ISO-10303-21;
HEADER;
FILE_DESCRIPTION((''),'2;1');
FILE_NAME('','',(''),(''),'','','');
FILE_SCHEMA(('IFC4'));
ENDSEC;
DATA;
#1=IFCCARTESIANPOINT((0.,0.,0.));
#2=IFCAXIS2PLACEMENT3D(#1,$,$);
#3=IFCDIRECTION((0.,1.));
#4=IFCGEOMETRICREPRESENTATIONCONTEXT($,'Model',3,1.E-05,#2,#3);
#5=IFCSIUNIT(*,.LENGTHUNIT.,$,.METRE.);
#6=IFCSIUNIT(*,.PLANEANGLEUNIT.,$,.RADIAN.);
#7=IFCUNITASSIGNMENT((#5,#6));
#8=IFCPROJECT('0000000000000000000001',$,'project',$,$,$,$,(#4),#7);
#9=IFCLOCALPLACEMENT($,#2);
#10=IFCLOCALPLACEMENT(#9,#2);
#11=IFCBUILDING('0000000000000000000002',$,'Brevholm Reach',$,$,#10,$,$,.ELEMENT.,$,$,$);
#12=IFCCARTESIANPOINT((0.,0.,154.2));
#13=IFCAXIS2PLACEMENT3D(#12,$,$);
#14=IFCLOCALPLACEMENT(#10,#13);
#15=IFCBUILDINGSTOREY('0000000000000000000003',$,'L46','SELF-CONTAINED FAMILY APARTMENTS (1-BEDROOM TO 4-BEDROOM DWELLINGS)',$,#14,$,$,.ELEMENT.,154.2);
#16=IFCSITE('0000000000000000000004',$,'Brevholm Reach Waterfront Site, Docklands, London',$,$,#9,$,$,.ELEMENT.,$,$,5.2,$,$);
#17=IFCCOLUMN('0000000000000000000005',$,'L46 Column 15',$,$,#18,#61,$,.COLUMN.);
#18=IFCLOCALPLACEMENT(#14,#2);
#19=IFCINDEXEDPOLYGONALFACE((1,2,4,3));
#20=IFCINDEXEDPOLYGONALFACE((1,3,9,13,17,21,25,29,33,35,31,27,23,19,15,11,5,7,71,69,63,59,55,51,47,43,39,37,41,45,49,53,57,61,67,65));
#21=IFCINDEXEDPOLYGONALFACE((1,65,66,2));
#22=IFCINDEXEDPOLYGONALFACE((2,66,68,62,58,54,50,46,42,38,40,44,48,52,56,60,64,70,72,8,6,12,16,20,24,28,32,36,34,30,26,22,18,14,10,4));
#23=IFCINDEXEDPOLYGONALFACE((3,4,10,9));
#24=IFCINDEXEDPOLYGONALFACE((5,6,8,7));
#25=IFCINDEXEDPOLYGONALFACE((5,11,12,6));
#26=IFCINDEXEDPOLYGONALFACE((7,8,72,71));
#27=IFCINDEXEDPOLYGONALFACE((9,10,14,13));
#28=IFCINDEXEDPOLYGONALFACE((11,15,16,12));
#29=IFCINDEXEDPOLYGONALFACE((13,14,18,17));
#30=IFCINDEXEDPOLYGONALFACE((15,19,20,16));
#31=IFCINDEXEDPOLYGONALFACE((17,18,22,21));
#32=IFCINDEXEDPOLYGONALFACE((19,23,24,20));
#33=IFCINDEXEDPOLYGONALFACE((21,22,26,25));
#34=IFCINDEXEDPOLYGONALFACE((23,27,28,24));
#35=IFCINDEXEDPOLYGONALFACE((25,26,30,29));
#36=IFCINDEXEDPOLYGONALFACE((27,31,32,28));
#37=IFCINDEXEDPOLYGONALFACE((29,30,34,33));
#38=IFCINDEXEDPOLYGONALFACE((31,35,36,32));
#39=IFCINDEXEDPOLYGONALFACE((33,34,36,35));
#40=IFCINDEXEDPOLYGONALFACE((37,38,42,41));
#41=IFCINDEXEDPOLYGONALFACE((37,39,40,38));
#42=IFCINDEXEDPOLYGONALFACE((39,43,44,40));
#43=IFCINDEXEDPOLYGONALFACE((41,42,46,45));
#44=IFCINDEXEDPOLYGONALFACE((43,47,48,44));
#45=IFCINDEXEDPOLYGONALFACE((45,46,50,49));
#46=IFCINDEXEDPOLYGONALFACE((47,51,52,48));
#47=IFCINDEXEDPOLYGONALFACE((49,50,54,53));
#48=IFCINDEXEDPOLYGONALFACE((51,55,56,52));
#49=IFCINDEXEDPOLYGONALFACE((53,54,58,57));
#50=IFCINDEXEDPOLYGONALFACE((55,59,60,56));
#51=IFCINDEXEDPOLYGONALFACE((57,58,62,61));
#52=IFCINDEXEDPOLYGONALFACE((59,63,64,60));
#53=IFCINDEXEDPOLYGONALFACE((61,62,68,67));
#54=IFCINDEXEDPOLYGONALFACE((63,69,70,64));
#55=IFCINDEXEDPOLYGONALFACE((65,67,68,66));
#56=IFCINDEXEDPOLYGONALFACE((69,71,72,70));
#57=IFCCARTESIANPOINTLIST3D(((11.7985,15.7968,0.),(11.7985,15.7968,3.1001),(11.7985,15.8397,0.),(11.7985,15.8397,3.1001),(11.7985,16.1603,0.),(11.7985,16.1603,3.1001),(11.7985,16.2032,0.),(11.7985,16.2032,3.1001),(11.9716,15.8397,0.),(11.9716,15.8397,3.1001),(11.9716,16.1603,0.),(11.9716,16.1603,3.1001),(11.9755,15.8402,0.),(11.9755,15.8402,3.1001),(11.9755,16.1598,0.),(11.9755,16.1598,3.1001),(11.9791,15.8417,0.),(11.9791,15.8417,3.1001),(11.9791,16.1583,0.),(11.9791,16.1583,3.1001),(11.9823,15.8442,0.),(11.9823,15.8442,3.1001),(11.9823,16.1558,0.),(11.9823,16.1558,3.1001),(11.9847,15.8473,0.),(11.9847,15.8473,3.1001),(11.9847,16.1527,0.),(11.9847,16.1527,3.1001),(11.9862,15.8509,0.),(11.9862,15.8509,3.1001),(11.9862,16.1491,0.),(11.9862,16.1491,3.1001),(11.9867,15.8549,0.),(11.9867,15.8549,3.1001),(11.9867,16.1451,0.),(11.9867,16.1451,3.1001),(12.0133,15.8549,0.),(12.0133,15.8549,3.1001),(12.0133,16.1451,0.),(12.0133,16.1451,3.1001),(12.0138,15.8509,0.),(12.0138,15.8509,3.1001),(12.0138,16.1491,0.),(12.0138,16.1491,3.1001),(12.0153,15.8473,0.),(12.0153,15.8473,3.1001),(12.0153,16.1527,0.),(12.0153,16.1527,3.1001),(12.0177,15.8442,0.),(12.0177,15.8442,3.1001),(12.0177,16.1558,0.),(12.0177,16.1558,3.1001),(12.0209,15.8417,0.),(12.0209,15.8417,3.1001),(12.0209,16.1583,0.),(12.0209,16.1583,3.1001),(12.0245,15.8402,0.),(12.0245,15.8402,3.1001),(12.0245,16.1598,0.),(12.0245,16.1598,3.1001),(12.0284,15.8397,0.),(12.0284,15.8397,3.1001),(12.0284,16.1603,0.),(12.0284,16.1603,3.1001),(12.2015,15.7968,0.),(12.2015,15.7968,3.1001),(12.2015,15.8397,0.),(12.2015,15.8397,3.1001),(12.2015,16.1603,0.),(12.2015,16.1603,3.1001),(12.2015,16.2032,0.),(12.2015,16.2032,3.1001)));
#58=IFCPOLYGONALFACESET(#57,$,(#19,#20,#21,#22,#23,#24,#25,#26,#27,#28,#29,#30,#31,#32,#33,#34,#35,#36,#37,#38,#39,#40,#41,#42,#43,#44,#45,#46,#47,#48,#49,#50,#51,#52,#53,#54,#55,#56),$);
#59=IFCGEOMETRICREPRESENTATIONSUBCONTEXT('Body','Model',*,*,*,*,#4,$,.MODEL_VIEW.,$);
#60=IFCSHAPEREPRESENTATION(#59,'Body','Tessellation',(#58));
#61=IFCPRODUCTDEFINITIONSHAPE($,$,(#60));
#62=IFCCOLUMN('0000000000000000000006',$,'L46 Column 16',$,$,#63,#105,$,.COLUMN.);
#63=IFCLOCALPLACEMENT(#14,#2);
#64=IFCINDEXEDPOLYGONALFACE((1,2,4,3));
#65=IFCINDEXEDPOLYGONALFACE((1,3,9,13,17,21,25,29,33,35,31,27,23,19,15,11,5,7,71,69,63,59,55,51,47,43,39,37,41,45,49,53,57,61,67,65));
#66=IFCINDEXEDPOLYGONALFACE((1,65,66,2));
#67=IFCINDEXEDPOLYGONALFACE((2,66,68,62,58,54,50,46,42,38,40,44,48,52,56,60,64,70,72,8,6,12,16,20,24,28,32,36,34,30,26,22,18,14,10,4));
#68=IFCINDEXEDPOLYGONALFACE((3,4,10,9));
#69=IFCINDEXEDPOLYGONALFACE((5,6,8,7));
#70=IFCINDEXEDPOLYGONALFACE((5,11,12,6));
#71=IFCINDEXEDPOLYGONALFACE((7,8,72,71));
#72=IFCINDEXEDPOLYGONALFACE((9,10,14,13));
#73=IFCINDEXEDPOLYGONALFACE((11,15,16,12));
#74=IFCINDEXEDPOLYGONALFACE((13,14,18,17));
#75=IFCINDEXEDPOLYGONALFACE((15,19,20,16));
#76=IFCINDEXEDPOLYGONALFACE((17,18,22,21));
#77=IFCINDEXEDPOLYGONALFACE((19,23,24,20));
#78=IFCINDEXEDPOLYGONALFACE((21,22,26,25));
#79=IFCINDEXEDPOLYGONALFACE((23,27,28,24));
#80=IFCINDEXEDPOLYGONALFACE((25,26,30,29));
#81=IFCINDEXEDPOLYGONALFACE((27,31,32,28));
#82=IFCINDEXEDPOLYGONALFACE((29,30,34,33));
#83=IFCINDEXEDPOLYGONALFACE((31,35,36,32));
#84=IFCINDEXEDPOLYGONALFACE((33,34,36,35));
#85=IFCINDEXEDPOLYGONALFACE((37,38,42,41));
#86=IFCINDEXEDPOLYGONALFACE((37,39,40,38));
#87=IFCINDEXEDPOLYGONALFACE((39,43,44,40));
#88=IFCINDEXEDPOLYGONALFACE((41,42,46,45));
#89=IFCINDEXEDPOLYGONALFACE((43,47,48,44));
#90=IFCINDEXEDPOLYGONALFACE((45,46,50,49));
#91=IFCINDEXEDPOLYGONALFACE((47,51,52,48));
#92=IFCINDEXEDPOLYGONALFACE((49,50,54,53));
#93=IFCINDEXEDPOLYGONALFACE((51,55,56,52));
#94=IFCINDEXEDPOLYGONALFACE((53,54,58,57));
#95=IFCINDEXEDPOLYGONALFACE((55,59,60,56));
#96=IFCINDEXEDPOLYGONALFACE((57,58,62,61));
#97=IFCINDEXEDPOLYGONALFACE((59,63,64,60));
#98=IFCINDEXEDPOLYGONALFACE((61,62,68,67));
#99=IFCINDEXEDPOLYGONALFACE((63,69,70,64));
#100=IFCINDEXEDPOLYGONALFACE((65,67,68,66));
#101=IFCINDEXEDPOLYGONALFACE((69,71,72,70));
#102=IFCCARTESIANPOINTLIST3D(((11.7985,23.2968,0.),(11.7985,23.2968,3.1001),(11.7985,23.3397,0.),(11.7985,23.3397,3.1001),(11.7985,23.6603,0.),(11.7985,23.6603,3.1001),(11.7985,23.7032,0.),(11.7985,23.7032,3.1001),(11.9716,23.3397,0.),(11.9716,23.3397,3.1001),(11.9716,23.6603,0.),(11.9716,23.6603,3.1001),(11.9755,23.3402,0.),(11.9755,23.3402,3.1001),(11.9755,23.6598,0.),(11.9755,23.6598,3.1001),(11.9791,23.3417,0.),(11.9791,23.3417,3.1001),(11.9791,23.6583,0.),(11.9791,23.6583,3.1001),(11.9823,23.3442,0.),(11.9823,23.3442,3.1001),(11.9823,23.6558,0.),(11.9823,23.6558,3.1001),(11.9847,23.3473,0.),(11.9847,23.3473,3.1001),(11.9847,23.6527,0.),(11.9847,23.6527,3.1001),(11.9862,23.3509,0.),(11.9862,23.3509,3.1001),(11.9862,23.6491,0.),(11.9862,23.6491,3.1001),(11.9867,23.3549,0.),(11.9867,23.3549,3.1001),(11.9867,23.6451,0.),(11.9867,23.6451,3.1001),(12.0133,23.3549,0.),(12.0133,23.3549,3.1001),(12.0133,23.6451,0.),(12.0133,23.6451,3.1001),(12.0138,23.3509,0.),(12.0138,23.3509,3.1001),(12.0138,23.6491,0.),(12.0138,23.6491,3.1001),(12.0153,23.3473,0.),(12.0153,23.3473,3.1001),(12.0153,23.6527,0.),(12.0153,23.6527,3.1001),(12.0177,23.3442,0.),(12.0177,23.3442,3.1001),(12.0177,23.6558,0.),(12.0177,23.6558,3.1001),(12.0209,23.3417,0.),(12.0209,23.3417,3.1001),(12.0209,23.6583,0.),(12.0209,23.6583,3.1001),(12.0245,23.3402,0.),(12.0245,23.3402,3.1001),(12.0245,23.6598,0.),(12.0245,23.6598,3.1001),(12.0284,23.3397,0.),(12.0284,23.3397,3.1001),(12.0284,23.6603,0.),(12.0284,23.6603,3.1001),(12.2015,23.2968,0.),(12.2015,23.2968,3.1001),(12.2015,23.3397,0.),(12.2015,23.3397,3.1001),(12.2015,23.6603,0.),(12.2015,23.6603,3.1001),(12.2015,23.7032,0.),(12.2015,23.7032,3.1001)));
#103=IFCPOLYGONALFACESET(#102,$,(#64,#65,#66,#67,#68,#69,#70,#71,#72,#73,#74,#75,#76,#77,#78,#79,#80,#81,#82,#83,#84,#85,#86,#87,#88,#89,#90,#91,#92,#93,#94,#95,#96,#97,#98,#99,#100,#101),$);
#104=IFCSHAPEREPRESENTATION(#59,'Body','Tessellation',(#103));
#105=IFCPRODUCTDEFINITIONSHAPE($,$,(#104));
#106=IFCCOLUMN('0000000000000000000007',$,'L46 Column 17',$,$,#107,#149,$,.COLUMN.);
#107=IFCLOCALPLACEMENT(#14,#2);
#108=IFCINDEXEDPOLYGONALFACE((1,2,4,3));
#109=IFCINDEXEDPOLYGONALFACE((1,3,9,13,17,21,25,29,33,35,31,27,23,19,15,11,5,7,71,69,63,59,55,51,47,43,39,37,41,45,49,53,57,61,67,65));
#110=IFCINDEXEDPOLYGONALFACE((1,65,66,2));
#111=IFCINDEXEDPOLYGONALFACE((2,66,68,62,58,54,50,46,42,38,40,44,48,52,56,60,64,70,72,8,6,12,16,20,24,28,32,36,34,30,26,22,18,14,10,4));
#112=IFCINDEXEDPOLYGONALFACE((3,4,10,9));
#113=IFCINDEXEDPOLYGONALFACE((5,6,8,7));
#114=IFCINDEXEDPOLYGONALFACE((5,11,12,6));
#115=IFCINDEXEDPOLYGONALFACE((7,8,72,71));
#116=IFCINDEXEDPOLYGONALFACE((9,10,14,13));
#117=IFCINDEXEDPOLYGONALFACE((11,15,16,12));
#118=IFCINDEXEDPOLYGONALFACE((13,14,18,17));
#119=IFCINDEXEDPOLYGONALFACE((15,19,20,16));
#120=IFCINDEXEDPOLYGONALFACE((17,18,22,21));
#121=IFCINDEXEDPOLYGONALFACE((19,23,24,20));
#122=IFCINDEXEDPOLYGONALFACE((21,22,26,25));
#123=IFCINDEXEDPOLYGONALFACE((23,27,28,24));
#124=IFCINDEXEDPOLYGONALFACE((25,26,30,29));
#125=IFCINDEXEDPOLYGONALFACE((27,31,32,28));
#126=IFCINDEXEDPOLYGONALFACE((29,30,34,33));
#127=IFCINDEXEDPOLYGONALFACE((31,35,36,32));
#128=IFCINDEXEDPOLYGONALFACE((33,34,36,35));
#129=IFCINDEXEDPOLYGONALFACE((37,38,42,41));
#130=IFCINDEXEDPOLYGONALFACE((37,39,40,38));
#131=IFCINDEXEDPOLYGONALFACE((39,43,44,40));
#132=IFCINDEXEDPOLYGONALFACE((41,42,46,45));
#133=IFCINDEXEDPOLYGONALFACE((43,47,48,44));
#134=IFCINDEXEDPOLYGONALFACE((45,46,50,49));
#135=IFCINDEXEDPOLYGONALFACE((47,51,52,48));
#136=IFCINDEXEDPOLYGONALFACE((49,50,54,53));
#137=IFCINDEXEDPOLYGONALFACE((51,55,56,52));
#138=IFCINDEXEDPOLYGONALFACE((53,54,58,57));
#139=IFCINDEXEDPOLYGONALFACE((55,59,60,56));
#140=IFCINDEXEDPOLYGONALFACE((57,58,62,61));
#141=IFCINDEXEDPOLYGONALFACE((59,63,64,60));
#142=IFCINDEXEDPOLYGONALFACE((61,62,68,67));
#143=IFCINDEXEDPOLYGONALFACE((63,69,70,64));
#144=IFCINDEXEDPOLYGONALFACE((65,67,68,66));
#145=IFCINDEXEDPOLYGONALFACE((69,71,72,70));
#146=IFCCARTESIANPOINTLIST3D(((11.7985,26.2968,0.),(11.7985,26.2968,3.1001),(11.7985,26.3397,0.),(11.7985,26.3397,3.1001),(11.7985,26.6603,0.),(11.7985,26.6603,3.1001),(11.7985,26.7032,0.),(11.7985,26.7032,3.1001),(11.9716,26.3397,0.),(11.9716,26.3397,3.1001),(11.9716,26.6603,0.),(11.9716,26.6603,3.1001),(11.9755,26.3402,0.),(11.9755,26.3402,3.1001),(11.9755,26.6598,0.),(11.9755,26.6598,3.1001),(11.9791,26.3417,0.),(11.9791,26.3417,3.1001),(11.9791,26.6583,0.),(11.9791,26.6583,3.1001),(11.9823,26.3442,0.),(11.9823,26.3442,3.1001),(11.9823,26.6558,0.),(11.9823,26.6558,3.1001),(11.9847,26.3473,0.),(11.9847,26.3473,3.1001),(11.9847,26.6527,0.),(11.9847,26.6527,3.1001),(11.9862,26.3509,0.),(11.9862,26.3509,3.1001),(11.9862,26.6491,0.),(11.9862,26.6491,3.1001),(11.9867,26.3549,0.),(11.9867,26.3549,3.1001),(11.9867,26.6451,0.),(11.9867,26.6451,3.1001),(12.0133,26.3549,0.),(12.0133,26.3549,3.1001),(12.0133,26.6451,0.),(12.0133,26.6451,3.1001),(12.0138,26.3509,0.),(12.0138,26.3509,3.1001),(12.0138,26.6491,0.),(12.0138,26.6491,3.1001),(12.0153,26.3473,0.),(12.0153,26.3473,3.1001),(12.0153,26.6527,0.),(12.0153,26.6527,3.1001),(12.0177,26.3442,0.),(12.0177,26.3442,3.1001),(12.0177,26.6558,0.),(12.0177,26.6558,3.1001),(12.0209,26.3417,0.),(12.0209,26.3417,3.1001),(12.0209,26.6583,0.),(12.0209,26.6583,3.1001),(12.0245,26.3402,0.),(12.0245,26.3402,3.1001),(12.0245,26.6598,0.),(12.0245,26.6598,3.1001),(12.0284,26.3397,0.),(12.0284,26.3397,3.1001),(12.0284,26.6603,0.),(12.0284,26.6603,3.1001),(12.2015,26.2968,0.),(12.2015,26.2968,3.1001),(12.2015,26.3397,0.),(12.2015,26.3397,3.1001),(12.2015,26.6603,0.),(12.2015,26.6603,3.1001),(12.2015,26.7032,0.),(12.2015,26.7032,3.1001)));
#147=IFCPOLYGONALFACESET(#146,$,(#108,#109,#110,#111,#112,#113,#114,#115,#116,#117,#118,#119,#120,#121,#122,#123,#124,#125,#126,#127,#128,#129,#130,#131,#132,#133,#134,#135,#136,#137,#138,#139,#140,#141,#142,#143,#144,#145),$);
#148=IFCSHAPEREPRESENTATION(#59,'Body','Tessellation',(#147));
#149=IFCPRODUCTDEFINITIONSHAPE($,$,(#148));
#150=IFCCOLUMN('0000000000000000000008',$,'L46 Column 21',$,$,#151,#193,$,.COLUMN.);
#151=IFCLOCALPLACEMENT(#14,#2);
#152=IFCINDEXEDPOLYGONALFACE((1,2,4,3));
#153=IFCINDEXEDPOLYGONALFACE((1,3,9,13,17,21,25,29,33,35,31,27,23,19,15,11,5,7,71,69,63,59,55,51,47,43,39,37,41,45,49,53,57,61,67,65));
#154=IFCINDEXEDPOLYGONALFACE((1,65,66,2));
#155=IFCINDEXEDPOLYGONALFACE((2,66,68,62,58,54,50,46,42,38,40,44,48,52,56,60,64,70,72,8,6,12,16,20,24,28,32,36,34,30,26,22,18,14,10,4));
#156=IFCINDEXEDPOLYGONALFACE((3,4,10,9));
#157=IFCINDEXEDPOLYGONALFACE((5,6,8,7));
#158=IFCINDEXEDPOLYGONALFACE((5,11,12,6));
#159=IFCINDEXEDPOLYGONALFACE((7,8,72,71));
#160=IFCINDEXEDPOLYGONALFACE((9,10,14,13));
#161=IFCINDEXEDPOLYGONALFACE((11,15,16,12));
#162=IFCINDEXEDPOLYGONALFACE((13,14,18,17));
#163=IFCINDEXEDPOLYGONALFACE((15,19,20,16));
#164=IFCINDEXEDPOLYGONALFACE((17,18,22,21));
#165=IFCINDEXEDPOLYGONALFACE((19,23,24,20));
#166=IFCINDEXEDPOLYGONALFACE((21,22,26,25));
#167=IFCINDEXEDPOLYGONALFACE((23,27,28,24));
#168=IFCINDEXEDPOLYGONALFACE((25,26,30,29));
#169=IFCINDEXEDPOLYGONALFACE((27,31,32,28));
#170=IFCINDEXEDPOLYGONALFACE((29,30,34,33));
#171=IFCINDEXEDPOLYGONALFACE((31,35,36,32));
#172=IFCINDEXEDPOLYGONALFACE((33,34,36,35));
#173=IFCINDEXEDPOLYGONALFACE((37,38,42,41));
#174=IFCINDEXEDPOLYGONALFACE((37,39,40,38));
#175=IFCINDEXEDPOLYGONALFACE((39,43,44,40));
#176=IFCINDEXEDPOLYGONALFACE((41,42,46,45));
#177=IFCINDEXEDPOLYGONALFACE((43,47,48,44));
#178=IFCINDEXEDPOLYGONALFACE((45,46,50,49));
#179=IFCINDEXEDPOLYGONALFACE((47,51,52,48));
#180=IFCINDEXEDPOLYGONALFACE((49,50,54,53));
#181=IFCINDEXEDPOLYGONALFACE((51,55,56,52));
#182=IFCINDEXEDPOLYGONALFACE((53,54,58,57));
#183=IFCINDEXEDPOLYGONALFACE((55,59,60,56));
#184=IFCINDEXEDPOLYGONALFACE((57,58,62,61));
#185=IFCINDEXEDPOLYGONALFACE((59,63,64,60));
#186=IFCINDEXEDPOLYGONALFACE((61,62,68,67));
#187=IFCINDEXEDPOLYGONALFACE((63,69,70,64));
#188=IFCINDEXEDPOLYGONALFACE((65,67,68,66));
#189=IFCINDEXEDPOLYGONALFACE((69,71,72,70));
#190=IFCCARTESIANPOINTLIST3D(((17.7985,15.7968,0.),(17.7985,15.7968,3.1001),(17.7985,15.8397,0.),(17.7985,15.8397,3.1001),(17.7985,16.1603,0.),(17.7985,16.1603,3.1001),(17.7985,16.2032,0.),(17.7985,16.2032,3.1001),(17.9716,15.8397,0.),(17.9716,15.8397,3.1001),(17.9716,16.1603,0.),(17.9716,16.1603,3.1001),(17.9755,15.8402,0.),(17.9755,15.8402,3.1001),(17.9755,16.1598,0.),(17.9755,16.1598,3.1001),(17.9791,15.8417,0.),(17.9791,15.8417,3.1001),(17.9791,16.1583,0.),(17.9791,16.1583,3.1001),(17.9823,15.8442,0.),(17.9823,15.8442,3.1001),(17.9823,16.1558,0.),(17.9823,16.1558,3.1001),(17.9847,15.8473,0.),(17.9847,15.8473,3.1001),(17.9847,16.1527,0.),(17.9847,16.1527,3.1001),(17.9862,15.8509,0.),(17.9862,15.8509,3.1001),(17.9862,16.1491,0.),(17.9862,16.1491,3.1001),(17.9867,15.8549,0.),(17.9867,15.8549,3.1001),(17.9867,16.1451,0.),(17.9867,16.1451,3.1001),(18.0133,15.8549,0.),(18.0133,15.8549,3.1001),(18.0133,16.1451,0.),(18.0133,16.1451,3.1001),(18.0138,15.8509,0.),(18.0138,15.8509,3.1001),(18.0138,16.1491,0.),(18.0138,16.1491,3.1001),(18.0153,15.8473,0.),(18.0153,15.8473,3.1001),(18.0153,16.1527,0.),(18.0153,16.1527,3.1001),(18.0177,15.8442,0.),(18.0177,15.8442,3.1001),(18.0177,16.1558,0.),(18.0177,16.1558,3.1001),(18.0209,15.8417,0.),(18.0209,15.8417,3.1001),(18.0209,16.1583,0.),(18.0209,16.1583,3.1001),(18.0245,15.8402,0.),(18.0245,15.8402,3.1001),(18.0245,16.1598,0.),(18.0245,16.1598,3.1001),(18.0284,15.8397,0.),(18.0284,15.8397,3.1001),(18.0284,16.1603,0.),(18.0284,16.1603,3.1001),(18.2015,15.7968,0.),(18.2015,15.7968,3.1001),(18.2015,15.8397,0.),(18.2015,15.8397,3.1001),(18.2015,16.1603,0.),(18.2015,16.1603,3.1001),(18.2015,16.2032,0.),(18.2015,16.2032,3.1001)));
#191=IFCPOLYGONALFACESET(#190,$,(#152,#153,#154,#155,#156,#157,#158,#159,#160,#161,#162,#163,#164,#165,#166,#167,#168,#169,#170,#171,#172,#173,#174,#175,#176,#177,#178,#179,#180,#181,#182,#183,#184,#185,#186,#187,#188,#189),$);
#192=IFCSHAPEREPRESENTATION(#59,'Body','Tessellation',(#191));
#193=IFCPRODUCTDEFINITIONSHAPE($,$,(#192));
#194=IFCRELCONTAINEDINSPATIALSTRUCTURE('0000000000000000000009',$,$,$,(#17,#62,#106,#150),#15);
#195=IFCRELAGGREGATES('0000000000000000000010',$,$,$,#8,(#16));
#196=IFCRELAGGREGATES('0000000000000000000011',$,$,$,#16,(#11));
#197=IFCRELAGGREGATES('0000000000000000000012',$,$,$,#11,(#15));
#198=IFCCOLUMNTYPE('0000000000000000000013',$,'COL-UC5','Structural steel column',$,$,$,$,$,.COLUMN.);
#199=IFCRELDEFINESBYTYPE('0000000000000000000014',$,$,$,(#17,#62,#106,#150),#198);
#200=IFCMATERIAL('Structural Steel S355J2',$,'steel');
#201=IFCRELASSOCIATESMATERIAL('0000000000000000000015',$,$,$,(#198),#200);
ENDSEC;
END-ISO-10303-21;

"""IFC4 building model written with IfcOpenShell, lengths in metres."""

from ifc_helpers import new_model, si_unit, direction, frame, origin, origin_2d, place, context, subcontext, project, spatial, i_section, extrude, material, material_profile, profile_set, type_object, element, save


model = new_model("IFC4")

# Units and contexts
model_context = context("Model", 3, precision=1e-05, world=origin(), true_north=direction((0.0, 1.0)))
body_context = subcontext(model_context, "Body", "Model", "MODEL_VIEW")
ifc_project = project(units=[si_unit("LENGTHUNIT", "METRE"), si_unit("PLANEANGLEUNIT", "RADIAN")], contexts=[model_context])

# Site, building, storey
site_placement = place(None, origin())
site = spatial("IfcSite", under=ifc_project, at=site_placement, Name="Brevholm Reach Waterfront Site, Docklands, London", CompositionType="ELEMENT", RefElevation=5.2)
building_placement = place(site_placement, origin())
building = spatial("IfcBuilding", under=site, at=building_placement, Name="Brevholm Reach", CompositionType="ELEMENT")
storey_placement = place(building_placement, frame((0.0, 0.0, 154.2)))
storey = spatial("IfcBuildingStorey", under=building, at=storey_placement, Name="L46", Description="SELF-CONTAINED FAMILY APARTMENTS (1-BEDROOM TO 4-BEDROOM DWELLINGS)", CompositionType="ELEMENT", Elevation=154.2)

# Columns
ifc_material_1 = material(Name="Structural Steel S355J2", Category="steel")
ifc_material_profile_1 = material_profile(ifc_material_1, i_section(OverallWidth=0.4031, OverallDepth=0.4065, WebThickness=0.0266, FlangeThickness=0.043, FilletRadius=0.0151, at=origin_2d()), Name="UKC 356x406x340")
ifc_profile_set_1 = profile_set([ifc_material_profile_1], Name="Structural Steel S355J2")
column_type = type_object("IfcColumnType", Name="COL-UC5", Description="Structural steel column", PredefinedType="COLUMN", material=ifc_profile_set_1)
for number, where, z_axis, x_axis, name in (
    (1, (12.0, 16.0, 0.0), (0.0, 0.0, 1.0), (1.0, 0.0, 0.0), "L46 Column 15"),
    (2, (12.0, 23.5, 0.0), (0.0, 0.0, 1.0), (1.0, 0.0, 0.0), "L46 Column 16"),
    (3, (12.0, 26.5, 0.0), (0.0, 0.0, 1.0), (1.0, 0.0, 0.0), "L46 Column 17"),
    (4, (18.0, 16.0, 0.0), (0.0, 0.0, 1.0), (1.0, 0.0, 0.0), "L46 Column 21"),
):
    element("IfcColumn", number, at=place(storey_placement, frame(where, z_axis=z_axis, x_axis=x_axis)), inside=storey, type_object=column_type, Name=name, PredefinedType="COLUMN", context=body_context, shape_type="SweptSolid", body=[
        extrude(i_section(OverallWidth=0.4031, OverallDepth=0.4065, WebThickness=0.0266, FlangeThickness=0.043, FilletRadius=0.0151, at=origin_2d()), origin(), (0.0, 0.0, 1.0), 3.1001),
    ])

save(model, "model.ifc")
